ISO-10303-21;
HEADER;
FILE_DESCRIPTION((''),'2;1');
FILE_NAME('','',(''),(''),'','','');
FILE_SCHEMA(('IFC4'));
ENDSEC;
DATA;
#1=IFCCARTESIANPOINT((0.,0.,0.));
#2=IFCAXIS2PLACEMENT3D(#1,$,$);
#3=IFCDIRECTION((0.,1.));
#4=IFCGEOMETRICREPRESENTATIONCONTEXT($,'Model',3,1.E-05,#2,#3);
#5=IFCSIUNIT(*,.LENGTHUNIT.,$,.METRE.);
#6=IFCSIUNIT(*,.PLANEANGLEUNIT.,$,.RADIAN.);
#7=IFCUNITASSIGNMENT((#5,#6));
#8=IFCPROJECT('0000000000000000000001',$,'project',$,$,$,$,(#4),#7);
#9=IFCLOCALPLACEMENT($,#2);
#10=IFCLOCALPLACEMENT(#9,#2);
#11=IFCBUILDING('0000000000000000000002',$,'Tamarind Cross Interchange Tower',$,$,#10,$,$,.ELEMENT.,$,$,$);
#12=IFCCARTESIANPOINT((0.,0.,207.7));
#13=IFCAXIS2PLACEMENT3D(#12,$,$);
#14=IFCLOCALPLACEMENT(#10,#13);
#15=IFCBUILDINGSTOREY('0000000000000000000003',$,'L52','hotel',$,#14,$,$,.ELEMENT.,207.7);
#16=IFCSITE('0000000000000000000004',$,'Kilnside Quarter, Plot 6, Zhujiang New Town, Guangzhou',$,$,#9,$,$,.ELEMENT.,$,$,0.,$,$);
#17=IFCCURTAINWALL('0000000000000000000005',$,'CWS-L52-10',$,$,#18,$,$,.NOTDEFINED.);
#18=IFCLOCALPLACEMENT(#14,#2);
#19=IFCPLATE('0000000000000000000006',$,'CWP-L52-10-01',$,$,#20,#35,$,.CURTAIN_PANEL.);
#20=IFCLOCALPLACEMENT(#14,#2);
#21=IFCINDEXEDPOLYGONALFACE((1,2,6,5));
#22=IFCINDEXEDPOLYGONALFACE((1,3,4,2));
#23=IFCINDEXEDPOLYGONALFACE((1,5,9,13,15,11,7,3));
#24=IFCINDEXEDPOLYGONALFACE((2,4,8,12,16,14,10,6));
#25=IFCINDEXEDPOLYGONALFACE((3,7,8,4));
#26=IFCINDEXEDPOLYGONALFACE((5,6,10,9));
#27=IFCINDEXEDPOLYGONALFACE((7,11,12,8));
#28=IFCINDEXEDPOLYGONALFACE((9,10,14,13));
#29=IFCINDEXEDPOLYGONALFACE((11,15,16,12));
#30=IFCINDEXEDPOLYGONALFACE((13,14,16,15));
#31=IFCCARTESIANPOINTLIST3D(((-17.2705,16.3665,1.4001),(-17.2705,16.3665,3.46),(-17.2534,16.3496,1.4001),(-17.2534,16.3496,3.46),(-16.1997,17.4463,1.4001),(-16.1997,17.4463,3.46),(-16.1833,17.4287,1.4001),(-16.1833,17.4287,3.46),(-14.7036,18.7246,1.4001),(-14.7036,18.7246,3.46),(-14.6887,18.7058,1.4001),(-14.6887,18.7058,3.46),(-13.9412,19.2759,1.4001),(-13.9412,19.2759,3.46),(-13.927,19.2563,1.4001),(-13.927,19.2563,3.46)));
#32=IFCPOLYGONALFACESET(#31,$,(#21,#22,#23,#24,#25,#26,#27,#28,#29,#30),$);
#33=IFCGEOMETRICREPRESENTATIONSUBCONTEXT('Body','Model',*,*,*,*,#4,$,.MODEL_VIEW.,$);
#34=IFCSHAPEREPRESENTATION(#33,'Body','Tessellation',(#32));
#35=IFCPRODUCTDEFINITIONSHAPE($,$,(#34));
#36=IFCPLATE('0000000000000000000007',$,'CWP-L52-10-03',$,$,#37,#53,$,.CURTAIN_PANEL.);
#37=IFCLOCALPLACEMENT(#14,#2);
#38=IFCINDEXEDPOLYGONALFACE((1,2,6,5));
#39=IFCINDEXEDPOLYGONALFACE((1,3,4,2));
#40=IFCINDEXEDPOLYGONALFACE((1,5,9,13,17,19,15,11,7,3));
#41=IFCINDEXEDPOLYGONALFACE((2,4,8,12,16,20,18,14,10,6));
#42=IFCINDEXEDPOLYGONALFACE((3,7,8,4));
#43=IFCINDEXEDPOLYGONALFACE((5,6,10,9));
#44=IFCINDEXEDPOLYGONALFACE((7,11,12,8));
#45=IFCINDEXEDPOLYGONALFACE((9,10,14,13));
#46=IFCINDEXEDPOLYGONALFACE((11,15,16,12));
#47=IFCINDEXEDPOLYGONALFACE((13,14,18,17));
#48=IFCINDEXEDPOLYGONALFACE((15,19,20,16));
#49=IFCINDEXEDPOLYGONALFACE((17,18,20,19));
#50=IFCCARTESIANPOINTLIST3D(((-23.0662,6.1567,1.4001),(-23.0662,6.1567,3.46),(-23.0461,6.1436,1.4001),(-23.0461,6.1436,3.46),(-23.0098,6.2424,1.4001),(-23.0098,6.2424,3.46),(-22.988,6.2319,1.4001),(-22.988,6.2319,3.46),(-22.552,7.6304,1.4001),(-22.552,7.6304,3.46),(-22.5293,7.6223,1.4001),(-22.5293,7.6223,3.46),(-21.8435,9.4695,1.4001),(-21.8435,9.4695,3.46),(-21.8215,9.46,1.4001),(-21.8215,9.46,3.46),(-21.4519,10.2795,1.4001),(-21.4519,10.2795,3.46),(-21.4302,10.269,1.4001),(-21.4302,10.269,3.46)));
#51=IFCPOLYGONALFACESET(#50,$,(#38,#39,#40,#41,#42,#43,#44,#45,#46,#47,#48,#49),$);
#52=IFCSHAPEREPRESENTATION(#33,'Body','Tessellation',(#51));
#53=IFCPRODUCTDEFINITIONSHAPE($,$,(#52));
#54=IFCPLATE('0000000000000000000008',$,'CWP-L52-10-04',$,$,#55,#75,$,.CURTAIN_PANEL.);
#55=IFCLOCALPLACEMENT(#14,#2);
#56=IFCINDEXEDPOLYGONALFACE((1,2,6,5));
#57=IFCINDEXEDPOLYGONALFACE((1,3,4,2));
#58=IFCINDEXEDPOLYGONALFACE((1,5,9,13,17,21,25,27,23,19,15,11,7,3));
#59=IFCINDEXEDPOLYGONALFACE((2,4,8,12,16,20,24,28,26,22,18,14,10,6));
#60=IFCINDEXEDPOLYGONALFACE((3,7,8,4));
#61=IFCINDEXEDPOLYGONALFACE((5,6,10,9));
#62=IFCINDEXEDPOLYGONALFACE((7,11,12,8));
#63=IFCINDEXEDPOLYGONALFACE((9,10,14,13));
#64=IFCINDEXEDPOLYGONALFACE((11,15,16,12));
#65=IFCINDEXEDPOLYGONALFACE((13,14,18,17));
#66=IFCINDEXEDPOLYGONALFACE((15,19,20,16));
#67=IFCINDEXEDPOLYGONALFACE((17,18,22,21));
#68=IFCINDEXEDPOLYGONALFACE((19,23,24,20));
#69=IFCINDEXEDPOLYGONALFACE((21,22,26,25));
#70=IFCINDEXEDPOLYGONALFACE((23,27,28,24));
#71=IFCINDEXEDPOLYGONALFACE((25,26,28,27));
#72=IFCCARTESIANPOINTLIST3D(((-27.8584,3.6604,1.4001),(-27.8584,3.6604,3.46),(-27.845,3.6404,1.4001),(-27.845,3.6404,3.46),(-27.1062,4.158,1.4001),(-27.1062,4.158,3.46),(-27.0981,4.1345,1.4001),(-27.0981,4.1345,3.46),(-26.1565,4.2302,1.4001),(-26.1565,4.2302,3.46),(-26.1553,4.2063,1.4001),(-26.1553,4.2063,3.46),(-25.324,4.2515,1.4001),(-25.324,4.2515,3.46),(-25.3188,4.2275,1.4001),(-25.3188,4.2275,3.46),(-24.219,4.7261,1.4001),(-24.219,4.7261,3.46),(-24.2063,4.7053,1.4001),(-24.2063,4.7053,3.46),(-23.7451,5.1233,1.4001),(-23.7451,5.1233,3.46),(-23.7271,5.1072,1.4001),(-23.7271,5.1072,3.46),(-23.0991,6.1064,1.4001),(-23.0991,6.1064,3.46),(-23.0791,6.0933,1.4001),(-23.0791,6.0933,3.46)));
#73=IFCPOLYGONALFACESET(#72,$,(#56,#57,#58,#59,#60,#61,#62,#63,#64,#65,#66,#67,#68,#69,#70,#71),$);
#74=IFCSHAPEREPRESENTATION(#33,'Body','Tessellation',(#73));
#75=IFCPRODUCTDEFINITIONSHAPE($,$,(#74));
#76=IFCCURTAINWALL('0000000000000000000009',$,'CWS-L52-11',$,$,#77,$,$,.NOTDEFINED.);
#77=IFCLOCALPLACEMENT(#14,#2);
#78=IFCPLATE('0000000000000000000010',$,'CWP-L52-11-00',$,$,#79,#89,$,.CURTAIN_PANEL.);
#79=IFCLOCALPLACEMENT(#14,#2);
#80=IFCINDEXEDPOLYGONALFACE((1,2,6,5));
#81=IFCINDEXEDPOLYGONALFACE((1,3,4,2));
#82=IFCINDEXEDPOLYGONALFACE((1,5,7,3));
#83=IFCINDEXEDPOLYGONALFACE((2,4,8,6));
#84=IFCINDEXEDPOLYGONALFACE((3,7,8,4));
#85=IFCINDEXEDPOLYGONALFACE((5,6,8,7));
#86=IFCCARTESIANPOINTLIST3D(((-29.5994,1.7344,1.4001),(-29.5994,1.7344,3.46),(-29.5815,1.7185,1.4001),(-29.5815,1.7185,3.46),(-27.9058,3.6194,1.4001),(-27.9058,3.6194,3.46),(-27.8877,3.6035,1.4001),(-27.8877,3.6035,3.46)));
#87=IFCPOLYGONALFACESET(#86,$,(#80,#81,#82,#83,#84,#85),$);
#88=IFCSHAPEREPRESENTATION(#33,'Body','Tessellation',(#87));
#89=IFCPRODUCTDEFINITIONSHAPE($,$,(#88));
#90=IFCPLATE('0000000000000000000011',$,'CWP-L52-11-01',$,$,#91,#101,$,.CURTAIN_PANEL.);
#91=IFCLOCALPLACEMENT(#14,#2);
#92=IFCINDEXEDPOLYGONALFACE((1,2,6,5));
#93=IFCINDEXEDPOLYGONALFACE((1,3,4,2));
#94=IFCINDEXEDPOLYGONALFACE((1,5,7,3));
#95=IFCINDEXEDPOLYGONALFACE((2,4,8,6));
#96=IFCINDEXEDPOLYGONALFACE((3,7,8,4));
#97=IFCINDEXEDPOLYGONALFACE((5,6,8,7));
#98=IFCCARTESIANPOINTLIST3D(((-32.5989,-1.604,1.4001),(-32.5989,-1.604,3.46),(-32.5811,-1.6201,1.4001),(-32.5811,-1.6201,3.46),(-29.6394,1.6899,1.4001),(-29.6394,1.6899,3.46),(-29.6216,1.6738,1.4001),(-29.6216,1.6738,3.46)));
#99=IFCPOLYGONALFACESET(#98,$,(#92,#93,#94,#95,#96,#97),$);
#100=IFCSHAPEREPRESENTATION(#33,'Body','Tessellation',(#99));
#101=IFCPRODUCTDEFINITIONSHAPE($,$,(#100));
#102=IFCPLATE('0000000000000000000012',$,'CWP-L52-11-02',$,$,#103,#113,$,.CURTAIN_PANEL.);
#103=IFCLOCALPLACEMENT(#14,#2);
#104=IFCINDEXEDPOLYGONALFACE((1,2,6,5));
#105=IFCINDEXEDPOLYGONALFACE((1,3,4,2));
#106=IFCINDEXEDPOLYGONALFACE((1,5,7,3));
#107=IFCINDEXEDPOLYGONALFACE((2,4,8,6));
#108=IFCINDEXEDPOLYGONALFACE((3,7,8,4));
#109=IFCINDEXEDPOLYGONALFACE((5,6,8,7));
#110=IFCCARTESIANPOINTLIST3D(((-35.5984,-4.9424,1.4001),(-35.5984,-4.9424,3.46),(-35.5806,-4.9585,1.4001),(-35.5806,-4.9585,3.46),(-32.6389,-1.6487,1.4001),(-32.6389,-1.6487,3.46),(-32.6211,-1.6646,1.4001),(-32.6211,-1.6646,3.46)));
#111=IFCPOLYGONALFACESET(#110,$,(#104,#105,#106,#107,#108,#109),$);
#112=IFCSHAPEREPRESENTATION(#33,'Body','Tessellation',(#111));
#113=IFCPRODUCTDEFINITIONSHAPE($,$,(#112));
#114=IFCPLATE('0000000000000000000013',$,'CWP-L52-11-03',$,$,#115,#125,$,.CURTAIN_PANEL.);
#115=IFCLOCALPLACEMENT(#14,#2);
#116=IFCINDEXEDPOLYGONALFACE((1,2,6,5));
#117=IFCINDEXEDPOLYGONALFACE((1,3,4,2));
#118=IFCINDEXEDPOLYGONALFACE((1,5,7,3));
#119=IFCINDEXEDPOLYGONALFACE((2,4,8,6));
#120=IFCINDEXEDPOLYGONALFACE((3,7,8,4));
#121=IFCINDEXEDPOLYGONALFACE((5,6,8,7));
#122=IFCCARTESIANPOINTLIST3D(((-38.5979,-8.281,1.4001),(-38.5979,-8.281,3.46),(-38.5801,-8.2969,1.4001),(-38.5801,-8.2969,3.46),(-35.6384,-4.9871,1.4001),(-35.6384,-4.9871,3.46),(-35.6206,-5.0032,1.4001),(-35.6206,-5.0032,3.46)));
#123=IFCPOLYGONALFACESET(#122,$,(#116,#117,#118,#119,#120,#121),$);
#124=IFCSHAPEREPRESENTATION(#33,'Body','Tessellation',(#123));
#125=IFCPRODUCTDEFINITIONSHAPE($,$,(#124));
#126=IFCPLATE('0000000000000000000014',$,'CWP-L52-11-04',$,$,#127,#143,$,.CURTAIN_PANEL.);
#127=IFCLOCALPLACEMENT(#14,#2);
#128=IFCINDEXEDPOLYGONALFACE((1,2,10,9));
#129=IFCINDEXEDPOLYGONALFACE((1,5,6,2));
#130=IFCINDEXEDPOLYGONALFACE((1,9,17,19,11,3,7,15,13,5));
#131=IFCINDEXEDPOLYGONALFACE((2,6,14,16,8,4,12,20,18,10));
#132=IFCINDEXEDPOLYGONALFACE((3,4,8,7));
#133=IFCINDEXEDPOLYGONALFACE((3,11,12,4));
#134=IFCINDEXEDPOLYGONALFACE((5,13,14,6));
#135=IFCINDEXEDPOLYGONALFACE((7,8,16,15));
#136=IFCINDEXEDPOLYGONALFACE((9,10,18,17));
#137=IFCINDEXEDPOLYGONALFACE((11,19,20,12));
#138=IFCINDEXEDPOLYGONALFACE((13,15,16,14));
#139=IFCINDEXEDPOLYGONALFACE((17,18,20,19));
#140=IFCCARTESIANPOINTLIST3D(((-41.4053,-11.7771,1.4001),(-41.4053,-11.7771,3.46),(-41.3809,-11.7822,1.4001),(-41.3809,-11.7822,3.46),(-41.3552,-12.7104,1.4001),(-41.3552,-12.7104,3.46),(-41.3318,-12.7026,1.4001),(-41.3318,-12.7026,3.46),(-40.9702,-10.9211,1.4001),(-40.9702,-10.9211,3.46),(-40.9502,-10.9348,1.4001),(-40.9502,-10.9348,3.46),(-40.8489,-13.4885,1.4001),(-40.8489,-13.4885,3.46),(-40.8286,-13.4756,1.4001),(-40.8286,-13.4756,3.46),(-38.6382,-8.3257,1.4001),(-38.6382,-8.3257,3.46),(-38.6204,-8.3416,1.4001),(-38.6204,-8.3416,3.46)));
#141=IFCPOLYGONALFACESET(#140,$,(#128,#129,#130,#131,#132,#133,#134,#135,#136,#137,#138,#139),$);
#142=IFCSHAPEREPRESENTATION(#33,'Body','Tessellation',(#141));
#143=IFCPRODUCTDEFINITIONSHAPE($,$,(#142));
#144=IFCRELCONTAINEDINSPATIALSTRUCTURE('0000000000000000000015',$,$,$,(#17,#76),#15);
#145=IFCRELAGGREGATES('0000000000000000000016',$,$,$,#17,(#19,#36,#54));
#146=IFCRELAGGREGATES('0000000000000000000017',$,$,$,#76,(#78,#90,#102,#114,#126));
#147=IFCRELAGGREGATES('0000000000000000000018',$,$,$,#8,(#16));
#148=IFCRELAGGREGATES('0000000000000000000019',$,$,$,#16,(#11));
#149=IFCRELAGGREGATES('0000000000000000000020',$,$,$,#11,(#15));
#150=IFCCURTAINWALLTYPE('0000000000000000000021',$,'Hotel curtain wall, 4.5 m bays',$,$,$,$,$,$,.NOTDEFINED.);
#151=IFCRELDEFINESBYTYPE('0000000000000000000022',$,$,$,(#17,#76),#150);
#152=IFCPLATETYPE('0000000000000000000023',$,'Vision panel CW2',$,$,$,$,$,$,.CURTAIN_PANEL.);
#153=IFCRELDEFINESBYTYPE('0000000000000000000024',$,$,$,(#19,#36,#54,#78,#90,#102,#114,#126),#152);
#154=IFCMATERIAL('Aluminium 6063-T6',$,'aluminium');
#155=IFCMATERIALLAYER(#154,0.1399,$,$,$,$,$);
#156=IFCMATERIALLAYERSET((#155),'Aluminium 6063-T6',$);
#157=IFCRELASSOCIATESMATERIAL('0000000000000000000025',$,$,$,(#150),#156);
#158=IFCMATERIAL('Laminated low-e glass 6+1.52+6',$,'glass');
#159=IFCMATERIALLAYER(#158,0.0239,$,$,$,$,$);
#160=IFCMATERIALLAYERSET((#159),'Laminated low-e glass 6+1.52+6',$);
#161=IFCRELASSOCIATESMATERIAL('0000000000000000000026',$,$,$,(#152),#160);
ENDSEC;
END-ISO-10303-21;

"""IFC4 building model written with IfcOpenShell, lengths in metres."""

from ifc_helpers import new_model, si_unit, direction, frame, origin, place, context, subcontext, project, spatial, polyline, outline, extrude, material, layer, layer_set, type_object, element, aggregate, save


model = new_model("IFC4")

# Units and contexts
model_context = context("Model", 3, precision=1e-05, world=origin(), true_north=direction((0.0, 1.0)))
body_context = subcontext(model_context, "Body", "Model", "MODEL_VIEW")
ifc_project = project(units=[si_unit("LENGTHUNIT", "METRE"), si_unit("PLANEANGLEUNIT", "RADIAN")], contexts=[model_context])

# Site, building, storey
site_placement = place(None, origin())
site = spatial("IfcSite", under=ifc_project, at=site_placement, Name="Kilnside Quarter, Plot 6, Zhujiang New Town, Guangzhou", CompositionType="ELEMENT", RefElevation=0.0)
building_placement = place(site_placement, origin())
building = spatial("IfcBuilding", under=site, at=building_placement, Name="Tamarind Cross Interchange Tower", CompositionType="ELEMENT")
storey_placement = place(building_placement, frame((0.0, 0.0, 207.7)))
storey = spatial("IfcBuildingStorey", under=building, at=storey_placement, Name="L52", Description="hotel", CompositionType="ELEMENT", Elevation=207.7)

# Curtain walls, plates
ifc_material_1 = material(Name="Aluminium 6063-T6", Category="aluminium")
ifc_layer_1 = layer(ifc_material_1, 0.1399)
ifc_layer_set_1 = layer_set([ifc_layer_1], Name="Aluminium 6063-T6")
curtain_wall_type = type_object("IfcCurtainWallType", Name="Hotel curtain wall, 4.5 m bays", PredefinedType="NOTDEFINED", material=ifc_layer_set_1)
ifc_material_2 = material(Name="Laminated low-e glass 6+1.52+6", Category="glass")
ifc_layer_2 = layer(ifc_material_2, 0.0239)
ifc_layer_set_2 = layer_set([ifc_layer_2], Name="Laminated low-e glass 6+1.52+6")
plate_type = type_object("IfcPlateType", Name="Vision panel CW2", PredefinedType="CURTAIN_PANEL", material=ifc_layer_set_2)
curtain_wall_1_placement = place(storey_placement, origin())
curtain_wall_1 = element("IfcCurtainWall", 1, at=curtain_wall_1_placement, inside=storey, type_object=curtain_wall_type, Name="CWS-L52-10", PredefinedType="NOTDEFINED")
plate_1_placement = place(storey_placement, frame((0.0, 0.0, 1.4001)))
plate_1 = element("IfcPlate", 2, at=plate_1_placement, type_object=plate_type, Name="CWP-L52-10-01", PredefinedType="CURTAIN_PANEL", context=body_context, shape_type="SweptSolid", body=[
    extrude(outline(polyline([(-13.927, 19.2563), (-14.6887, 18.7058), (-16.1833, 17.4287), (-17.2534, 16.3496), (-17.2705, 16.3665), (-16.1997, 17.4463), (-14.7036, 18.7246), (-13.9412, 19.2759), (-13.927, 19.2563)])), origin(), (0.0, 0.0, 1.0), 2.0598),
])
plate_2_placement = place(storey_placement, frame((0.0, 0.0, 1.4001)))
plate_2 = element("IfcPlate", 3, at=plate_2_placement, type_object=plate_type, Name="CWP-L52-10-03", PredefinedType="CURTAIN_PANEL", context=body_context, shape_type="SweptSolid", body=[
    extrude(outline(polyline([(-21.4302, 10.269), (-21.8215, 9.46), (-22.5293, 7.6223), (-22.988, 6.2319), (-23.0461, 6.1436), (-23.0662, 6.1567), (-23.0098, 6.2424), (-22.552, 7.6304), (-21.8435, 9.4695), (-21.4519, 10.2795), (-21.4302, 10.269)])), origin(), (0.0, 0.0, 1.0), 2.0598),
])
plate_3_placement = place(storey_placement, frame((0.0, 0.0, 1.4001)))
plate_3 = element("IfcPlate", 4, at=plate_3_placement, type_object=plate_type, Name="CWP-L52-10-04", PredefinedType="CURTAIN_PANEL", context=body_context, shape_type="SweptSolid", body=[
    extrude(outline(polyline([(-23.0791, 6.0933), (-23.7271, 5.1072), (-24.2063, 4.7053), (-25.3188, 4.2275), (-26.1553, 4.2063), (-27.0981, 4.1345), (-27.845, 3.6404), (-27.8584, 3.6604), (-27.1062, 4.158), (-26.1565, 4.2302), (-25.324, 4.2515), (-24.219, 4.7261), (-23.7451, 5.1233), (-23.0991, 6.1064), (-23.0791, 6.0933)])), origin(), (0.0, 0.0, 1.0), 2.0598),
])
aggregate(curtain_wall_1, [plate_1, plate_2, plate_3])
curtain_wall_2_placement = place(storey_placement, origin())
curtain_wall_2 = element("IfcCurtainWall", 5, at=curtain_wall_2_placement, inside=storey, type_object=curtain_wall_type, Name="CWS-L52-11", PredefinedType="NOTDEFINED")
plate_4_placement = place(storey_placement, frame((0.0, 0.0, 1.4001)))
plate_4 = element("IfcPlate", 6, at=plate_4_placement, type_object=plate_type, Name="CWP-L52-11-00", PredefinedType="CURTAIN_PANEL", context=body_context, shape_type="SweptSolid", body=[
    extrude(outline(polyline([(-27.8877, 3.6035), (-29.5815, 1.7185), (-29.5994, 1.7344), (-27.9058, 3.6194), (-27.8877, 3.6035)])), origin(), (0.0, 0.0, 1.0), 2.0598),
])
plate_5_placement = place(storey_placement, frame((0.0, 0.0, 1.4001)))
plate_5 = element("IfcPlate", 7, at=plate_5_placement, type_object=plate_type, Name="CWP-L52-11-01", PredefinedType="CURTAIN_PANEL", context=body_context, shape_type="SweptSolid", body=[
    extrude(outline(polyline([(-29.6216, 1.6738), (-32.5811, -1.6201), (-32.5989, -1.604), (-29.6394, 1.6899), (-29.6216, 1.6738)])), origin(), (0.0, 0.0, 1.0), 2.0598),
])
plate_6_placement = place(storey_placement, frame((0.0, 0.0, 1.4001)))
plate_6 = element("IfcPlate", 8, at=plate_6_placement, type_object=plate_type, Name="CWP-L52-11-02", PredefinedType="CURTAIN_PANEL", context=body_context, shape_type="SweptSolid", body=[
    extrude(outline(polyline([(-32.6211, -1.6646), (-35.5806, -4.9585), (-35.5984, -4.9424), (-32.6389, -1.6487), (-32.6211, -1.6646)])), origin(), (0.0, 0.0, 1.0), 2.0598),
])
plate_7_placement = place(storey_placement, frame((0.0, 0.0, 1.4001)))
plate_7 = element("IfcPlate", 9, at=plate_7_placement, type_object=plate_type, Name="CWP-L52-11-03", PredefinedType="CURTAIN_PANEL", context=body_context, shape_type="SweptSolid", body=[
    extrude(outline(polyline([(-35.6206, -5.0032), (-38.5801, -8.2969), (-38.5979, -8.281), (-35.6384, -4.9871), (-35.6206, -5.0032)])), origin(), (0.0, 0.0, 1.0), 2.0598),
])
plate_8_placement = place(storey_placement, frame((0.0, 0.0, 1.4001)))
plate_8 = element("IfcPlate", 10, at=plate_8_placement, type_object=plate_type, Name="CWP-L52-11-04", PredefinedType="CURTAIN_PANEL", context=body_context, shape_type="SweptSolid", body=[
    extrude(outline(polyline([(-38.6204, -8.3416), (-40.9502, -10.9348), (-41.3809, -11.7822), (-41.3318, -12.7026), (-40.8286, -13.4756), (-40.8489, -13.4885), (-41.3552, -12.7104), (-41.4053, -11.7771), (-40.9702, -10.9211), (-38.6382, -8.3257), (-38.6204, -8.3416)])), origin(), (0.0, 0.0, 1.0), 2.0598),
])
aggregate(curtain_wall_2, [plate_4, plate_5, plate_6, plate_7, plate_8])

save(model, "model.ifc")
